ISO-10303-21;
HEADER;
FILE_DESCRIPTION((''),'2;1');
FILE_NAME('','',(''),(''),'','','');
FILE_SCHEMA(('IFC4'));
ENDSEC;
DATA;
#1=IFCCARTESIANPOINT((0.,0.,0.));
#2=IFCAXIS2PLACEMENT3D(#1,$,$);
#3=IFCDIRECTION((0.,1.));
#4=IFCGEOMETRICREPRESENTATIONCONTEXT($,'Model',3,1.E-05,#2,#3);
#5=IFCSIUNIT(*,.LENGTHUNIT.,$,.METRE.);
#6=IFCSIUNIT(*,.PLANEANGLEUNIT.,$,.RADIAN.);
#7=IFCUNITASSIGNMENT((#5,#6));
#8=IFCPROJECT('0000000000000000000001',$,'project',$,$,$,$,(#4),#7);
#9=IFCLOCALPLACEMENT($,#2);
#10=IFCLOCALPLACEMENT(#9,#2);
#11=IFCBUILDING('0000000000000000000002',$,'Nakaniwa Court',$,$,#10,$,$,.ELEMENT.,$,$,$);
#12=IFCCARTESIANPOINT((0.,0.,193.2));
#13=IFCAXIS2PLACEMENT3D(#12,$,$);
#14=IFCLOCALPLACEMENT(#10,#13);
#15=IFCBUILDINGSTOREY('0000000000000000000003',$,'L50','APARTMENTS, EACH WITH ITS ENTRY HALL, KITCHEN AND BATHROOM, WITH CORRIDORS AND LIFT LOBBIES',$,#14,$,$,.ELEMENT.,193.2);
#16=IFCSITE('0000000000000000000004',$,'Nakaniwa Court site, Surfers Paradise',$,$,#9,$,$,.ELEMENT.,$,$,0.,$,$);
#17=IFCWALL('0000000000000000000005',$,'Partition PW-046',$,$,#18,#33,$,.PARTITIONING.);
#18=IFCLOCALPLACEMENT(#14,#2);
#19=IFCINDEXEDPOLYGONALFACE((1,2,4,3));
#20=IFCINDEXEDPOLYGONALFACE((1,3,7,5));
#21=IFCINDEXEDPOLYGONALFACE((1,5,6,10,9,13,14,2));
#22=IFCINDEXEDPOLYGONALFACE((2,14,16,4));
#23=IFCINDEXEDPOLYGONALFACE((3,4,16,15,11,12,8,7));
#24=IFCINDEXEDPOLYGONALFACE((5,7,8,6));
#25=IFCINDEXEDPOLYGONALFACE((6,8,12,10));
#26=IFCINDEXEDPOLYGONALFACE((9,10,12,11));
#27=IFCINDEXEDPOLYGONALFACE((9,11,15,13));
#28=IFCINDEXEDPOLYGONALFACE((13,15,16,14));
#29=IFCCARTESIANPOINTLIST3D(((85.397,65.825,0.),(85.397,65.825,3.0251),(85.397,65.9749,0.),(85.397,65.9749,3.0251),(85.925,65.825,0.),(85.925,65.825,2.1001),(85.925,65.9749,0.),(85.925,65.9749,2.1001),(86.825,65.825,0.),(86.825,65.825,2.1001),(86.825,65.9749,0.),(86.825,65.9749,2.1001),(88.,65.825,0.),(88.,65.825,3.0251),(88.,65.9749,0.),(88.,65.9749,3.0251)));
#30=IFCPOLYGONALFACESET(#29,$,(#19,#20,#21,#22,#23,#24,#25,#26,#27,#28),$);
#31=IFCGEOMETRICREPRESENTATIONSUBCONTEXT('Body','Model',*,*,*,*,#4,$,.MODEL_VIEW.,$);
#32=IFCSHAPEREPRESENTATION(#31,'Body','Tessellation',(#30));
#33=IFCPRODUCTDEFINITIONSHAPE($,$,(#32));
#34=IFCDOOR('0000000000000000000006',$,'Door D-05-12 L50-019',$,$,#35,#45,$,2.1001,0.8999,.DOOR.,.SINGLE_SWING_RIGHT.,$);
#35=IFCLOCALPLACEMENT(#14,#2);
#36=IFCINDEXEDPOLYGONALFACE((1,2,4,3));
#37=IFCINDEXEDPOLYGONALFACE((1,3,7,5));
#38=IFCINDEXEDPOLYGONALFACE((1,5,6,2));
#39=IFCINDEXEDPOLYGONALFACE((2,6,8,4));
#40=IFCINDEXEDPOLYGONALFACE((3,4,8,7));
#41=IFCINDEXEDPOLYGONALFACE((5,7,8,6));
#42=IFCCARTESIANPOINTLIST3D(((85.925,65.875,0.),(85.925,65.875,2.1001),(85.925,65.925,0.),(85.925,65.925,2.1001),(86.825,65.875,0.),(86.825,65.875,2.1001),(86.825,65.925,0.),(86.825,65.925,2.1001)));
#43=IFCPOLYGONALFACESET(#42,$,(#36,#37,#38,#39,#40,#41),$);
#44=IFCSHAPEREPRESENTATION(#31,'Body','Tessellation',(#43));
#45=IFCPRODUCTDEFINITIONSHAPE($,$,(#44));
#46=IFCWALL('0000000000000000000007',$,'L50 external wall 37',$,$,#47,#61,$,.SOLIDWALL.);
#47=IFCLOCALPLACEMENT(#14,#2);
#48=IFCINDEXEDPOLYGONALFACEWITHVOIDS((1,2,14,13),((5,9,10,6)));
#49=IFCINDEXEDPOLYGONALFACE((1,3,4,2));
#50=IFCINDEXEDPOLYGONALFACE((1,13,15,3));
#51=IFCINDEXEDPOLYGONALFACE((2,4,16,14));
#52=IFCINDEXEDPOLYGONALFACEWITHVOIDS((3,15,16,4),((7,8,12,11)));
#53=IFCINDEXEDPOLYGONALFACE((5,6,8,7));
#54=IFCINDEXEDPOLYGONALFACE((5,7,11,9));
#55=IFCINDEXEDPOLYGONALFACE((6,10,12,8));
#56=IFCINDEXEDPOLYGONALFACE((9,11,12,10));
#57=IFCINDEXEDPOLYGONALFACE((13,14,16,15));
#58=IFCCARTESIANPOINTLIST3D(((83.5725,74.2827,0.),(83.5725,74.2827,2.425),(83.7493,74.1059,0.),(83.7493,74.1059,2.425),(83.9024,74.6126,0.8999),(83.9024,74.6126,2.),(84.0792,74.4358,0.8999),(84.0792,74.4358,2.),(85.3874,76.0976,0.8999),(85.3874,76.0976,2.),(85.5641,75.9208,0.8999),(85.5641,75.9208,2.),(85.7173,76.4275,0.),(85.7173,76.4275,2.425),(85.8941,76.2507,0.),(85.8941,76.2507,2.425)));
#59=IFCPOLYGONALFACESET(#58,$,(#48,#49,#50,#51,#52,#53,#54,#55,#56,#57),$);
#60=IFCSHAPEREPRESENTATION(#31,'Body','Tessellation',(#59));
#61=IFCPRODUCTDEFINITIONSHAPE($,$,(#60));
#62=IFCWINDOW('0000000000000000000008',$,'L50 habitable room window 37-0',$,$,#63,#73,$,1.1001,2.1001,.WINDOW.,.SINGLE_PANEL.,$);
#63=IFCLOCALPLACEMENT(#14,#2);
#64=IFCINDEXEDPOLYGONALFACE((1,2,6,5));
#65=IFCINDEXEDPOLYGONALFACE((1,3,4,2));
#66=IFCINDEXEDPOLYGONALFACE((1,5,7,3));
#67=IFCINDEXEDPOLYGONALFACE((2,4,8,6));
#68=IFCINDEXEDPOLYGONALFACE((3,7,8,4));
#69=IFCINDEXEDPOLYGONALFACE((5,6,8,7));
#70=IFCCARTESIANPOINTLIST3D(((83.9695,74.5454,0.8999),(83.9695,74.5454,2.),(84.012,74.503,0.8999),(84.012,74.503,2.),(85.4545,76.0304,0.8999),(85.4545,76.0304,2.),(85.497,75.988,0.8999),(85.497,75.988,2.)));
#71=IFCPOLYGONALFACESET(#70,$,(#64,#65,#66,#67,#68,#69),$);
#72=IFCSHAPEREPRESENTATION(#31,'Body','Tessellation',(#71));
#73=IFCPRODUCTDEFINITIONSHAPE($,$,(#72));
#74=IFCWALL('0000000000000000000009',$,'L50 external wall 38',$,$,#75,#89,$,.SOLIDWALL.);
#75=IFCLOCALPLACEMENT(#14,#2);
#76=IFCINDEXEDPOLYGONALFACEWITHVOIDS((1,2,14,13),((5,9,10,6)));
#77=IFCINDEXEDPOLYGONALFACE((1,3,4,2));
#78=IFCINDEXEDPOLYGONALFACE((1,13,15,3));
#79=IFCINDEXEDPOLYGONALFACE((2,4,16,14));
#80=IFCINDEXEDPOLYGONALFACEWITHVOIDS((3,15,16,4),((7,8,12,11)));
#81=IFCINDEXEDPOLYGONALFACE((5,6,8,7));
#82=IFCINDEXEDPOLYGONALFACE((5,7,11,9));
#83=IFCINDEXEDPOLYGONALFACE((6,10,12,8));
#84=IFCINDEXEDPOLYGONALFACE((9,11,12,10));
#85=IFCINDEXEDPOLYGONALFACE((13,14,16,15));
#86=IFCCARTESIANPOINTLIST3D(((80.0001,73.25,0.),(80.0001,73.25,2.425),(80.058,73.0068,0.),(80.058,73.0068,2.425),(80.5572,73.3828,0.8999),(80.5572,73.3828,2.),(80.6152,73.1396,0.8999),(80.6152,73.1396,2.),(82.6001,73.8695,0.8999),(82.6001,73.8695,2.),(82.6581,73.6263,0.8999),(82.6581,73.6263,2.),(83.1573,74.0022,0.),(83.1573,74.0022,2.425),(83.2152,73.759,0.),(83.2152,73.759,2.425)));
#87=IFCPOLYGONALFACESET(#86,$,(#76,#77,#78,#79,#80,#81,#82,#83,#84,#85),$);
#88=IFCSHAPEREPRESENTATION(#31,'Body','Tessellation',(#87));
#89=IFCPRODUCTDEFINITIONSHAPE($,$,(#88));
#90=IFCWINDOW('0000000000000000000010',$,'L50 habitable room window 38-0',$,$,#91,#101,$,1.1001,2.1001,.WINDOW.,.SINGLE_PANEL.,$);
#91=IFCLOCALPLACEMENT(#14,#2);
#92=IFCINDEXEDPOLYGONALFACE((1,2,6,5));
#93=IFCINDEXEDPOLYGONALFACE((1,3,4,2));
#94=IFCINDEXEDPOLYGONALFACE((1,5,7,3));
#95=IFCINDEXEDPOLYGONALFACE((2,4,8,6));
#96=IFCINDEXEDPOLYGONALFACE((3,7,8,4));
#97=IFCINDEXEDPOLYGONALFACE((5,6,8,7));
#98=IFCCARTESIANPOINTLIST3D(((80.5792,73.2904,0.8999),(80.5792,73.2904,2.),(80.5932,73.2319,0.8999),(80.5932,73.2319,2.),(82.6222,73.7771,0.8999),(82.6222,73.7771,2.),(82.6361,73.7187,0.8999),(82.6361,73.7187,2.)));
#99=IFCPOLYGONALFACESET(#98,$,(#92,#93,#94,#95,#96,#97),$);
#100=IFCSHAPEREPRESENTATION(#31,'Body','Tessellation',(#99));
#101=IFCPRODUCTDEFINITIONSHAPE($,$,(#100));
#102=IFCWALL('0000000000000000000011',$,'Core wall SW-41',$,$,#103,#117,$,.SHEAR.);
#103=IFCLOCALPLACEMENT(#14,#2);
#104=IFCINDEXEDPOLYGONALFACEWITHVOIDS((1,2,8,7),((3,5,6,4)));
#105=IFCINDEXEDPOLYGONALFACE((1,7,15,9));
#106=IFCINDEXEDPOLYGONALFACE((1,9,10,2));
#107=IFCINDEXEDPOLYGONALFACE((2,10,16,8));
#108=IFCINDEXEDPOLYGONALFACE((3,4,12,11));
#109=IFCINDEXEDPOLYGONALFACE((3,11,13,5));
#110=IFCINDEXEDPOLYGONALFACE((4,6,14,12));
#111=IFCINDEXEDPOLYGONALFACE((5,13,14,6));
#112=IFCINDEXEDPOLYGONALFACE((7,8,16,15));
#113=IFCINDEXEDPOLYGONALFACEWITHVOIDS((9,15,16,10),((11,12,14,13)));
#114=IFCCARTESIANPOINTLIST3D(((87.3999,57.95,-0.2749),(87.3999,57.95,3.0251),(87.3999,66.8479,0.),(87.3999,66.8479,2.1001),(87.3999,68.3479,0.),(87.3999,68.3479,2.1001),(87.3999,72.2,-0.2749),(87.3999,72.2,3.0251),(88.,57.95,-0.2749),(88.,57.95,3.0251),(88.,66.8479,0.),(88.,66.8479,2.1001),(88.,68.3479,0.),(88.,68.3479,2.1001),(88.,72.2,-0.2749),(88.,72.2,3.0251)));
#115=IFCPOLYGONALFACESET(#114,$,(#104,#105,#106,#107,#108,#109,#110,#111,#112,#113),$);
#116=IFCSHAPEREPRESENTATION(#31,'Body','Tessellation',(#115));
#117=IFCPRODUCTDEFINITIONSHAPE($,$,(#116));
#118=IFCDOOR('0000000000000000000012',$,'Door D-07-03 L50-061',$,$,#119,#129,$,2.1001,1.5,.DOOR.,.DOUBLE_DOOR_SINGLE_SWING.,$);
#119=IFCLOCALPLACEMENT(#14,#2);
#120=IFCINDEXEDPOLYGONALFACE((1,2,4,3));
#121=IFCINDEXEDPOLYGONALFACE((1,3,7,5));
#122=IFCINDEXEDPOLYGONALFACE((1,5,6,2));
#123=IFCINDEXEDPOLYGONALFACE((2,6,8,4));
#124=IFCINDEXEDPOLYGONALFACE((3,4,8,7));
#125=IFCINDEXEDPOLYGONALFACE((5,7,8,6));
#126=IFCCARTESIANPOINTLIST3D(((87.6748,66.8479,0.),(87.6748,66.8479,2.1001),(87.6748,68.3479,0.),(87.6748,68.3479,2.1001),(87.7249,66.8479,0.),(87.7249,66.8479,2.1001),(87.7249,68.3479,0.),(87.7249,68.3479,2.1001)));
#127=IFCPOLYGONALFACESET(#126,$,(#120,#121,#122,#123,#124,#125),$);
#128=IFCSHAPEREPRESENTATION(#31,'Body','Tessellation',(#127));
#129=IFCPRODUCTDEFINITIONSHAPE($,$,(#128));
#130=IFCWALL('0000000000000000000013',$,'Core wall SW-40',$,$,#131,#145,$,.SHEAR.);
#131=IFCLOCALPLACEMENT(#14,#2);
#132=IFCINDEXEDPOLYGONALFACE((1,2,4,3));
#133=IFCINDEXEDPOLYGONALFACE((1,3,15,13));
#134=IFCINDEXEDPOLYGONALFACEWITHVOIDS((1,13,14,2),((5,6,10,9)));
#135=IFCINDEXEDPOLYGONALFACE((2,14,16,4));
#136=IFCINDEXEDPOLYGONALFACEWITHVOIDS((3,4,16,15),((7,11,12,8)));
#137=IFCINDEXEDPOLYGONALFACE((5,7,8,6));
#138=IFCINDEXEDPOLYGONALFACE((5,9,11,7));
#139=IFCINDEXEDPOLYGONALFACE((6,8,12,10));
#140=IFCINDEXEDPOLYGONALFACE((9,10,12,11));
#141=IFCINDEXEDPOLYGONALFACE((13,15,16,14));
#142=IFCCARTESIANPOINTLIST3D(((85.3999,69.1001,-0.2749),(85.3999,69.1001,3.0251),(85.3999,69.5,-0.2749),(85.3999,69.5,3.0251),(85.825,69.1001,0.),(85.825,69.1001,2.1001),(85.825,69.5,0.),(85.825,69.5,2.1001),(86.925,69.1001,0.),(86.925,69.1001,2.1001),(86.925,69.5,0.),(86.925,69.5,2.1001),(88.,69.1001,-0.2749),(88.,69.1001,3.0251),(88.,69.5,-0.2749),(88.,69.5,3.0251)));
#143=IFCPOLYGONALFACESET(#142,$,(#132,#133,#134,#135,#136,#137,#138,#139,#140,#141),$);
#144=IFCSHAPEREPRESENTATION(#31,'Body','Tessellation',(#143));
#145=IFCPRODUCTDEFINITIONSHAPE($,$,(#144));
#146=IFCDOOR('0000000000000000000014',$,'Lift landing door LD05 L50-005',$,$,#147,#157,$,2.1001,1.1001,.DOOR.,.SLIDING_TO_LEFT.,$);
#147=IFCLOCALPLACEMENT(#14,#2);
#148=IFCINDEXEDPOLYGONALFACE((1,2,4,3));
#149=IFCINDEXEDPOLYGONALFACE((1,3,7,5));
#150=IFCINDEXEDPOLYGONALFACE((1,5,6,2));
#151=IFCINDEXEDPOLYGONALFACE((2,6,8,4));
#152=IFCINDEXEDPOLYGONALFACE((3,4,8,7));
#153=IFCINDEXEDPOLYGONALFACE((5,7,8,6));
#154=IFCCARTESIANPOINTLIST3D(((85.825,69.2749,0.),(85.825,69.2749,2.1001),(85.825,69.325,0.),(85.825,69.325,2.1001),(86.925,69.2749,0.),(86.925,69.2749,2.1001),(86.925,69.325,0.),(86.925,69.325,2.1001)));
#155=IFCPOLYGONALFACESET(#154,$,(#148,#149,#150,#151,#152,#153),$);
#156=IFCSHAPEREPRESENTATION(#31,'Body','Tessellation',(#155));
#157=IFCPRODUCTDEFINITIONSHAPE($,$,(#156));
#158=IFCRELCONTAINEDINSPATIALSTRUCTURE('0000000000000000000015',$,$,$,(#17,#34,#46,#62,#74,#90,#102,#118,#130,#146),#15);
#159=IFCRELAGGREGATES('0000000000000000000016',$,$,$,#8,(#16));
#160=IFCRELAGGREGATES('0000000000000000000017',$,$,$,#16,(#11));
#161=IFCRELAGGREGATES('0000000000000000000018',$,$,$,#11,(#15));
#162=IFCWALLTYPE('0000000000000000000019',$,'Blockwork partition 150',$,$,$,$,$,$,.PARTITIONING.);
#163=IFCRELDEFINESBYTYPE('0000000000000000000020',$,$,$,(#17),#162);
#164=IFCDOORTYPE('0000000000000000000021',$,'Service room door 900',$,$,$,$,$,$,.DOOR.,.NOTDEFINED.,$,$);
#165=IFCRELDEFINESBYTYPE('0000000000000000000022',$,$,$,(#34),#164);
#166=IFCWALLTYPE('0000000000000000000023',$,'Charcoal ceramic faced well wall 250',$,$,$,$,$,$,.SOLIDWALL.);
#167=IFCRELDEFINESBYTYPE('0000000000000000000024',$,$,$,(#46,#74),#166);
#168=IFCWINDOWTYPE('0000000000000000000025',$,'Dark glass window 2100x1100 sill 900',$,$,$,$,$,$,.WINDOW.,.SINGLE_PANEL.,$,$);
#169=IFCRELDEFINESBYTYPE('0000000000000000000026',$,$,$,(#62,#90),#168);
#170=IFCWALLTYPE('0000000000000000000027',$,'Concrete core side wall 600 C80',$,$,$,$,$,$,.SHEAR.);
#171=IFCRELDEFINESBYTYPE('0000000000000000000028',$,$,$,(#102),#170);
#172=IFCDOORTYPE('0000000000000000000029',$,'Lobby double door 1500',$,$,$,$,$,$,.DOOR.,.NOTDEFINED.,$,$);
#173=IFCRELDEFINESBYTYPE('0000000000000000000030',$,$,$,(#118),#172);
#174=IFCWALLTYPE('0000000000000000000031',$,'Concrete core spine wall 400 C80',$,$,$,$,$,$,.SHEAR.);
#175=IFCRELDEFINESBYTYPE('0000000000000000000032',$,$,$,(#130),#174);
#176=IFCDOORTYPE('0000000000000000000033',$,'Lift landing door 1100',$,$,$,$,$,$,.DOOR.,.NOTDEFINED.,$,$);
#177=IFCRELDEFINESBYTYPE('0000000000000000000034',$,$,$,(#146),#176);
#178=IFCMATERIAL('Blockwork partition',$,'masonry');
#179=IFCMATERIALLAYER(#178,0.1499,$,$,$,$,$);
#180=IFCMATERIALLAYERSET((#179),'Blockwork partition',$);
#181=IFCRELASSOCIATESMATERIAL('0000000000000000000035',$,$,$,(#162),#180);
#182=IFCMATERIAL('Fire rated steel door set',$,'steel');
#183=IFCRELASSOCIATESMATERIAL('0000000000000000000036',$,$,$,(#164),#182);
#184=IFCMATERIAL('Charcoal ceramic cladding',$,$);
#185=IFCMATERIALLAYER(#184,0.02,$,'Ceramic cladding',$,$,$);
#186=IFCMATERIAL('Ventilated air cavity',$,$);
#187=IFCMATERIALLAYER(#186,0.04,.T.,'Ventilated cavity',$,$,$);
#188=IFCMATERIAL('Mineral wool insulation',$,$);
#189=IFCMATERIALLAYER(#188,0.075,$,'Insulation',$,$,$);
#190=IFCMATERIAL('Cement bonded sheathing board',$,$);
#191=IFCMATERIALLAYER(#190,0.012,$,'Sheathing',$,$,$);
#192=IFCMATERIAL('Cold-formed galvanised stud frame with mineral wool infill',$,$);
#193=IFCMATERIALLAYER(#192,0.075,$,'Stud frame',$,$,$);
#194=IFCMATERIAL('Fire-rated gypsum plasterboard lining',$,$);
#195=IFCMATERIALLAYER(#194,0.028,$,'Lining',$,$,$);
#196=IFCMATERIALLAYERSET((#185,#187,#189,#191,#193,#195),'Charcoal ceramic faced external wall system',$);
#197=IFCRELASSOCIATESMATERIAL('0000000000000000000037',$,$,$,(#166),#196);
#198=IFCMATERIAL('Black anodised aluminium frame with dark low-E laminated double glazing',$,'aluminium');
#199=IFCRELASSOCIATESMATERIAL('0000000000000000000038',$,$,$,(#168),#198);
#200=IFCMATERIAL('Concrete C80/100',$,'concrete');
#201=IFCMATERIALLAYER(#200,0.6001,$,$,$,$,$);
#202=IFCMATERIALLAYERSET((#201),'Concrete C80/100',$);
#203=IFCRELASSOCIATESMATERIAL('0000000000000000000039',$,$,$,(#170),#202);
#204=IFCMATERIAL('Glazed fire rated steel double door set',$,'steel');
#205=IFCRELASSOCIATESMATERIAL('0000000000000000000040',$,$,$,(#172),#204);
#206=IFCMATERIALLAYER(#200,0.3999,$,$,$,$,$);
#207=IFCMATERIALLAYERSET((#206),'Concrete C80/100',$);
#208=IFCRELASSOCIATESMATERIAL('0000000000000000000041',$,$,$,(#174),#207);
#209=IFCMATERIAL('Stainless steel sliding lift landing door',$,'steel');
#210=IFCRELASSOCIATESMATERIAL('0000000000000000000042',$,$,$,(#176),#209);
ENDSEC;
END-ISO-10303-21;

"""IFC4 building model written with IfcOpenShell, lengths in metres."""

from ifc_helpers import new_model, si_unit, direction, frame, frame_2d, origin, place, context, subcontext, project, spatial, rectangle, extrude, material, layer, layer_set, type_object, element, fill, save


model = new_model("IFC4")

# Units and contexts
model_context = context("Model", 3, precision=1e-05, world=origin(), true_north=direction((0.0, 1.0)))
body_context = subcontext(model_context, "Body", "Model", "MODEL_VIEW")
ifc_project = project(units=[si_unit("LENGTHUNIT", "METRE"), si_unit("PLANEANGLEUNIT", "RADIAN")], contexts=[model_context])

# Site, building, storey
site_placement = place(None, origin())
site = spatial("IfcSite", under=ifc_project, at=site_placement, Name="Nakaniwa Court site, Surfers Paradise", CompositionType="ELEMENT", RefElevation=0.0)
building_placement = place(site_placement, origin())
building = spatial("IfcBuilding", under=site, at=building_placement, Name="Nakaniwa Court", CompositionType="ELEMENT")
storey_placement = place(building_placement, frame((0.0, 0.0, 193.2)))
storey = spatial("IfcBuildingStorey", under=building, at=storey_placement, Name="L50", Description="APARTMENTS, EACH WITH ITS ENTRY HALL, KITCHEN AND BATHROOM, WITH CORRIDORS AND LIFT LOBBIES", CompositionType="ELEMENT", Elevation=193.2)

# Shared definitions
ifc_material_1 = material(Name="Concrete C80/100", Category="concrete")

# Shared definitions
ifc_material_2 = material(Name="Blockwork partition", Category="masonry")
ifc_layer_1 = layer(ifc_material_2, 0.1499)
ifc_layer_set_1 = layer_set([ifc_layer_1], Name="Blockwork partition")
wall_type_1 = type_object("IfcWallType", Name="Blockwork partition 150", PredefinedType="PARTITIONING", material=ifc_layer_set_1)

# Wall, opening, door
wall_1_placement = place(storey_placement, frame((88.0, 65.8999, 0.0), z_axis=(0.0, 0.0, 1.0), x_axis=(-1.0, 0.0, 0.0)))
wall_1 = element("IfcWall", 1, at=wall_1_placement, inside=storey, type_object=wall_type_1, Name="Partition PW-046", PredefinedType="PARTITIONING", context=body_context, shape_type="SweptSolid", body=[
    extrude(rectangle(XDim=2.603, YDim=0.1499, at=frame_2d((1.3015, 0.0))), origin(), (0.0, 0.0, 1.0), 3.0251),
])
opening_1_placement = place(wall_1_placement, frame((1.175, 0.0, 0.0)))
opening_1 = element("IfcOpeningElement", 2, at=opening_1_placement, cuts=wall_1, PredefinedType="OPENING", context=body_context, shape_type="SweptSolid", body=[
    extrude(rectangle(XDim=0.8999, YDim=2.1001, at=frame_2d((0.45, 1.05))), frame((0.0, 0.085, 0.0), z_axis=(0.0, -1.0, 0.0), x_axis=(1.0, 0.0, 0.0)), (0.0, 0.0, 1.0), 0.1699),
])
ifc_material_3 = material(Name="Fire rated steel door set", Category="steel")
door_type_1 = type_object("IfcDoorType", Name="Service room door 900", OperationType="NOTDEFINED", PredefinedType="DOOR", material=ifc_material_3)
door_1_placement = place(opening_1_placement, origin())
door_1 = element("IfcDoor", 3, at=door_1_placement, inside=storey, type_object=door_type_1, Name="Door D-05-12 L50-019", OperationType="SINGLE_SWING_RIGHT", OverallHeight=2.1001, OverallWidth=0.8999, PredefinedType="DOOR", context=body_context, shape_type="SweptSolid", body=[
    extrude(rectangle(XDim=0.8999, YDim=2.1001, at=frame_2d((0.45, 1.05))), frame((0.0, 0.0249, 0.0), z_axis=(0.0, -1.0, 0.0), x_axis=(1.0, 0.0, 0.0)), (0.0, 0.0, 1.0), 0.05),
])
fill(opening_1, door_1)

# Walls, openings, windows
ifc_material_4 = material(Name="Charcoal ceramic cladding")
ifc_layer_2 = layer(ifc_material_4, 0.02, Name="Ceramic cladding")
ifc_material_5 = material(Name="Ventilated air cavity")
ifc_layer_3 = layer(ifc_material_5, 0.04, ventilated=True, Name="Ventilated cavity")
ifc_material_6 = material(Name="Mineral wool insulation")
ifc_layer_4 = layer(ifc_material_6, 0.075, Name="Insulation")
ifc_material_7 = material(Name="Cement bonded sheathing board")
ifc_layer_5 = layer(ifc_material_7, 0.012, Name="Sheathing")
ifc_material_8 = material(Name="Cold-formed galvanised stud frame with mineral wool infill")
ifc_layer_6 = layer(ifc_material_8, 0.075, Name="Stud frame")
ifc_material_9 = material(Name="Fire-rated gypsum plasterboard lining")
ifc_layer_7 = layer(ifc_material_9, 0.028, Name="Lining")
ifc_layer_set_2 = layer_set([ifc_layer_2, ifc_layer_3, ifc_layer_4, ifc_layer_5, ifc_layer_6, ifc_layer_7], Name="Charcoal ceramic faced external wall system")
wall_type_2 = type_object("IfcWallType", Name="Charcoal ceramic faced well wall 250", PredefinedType="SOLIDWALL", material=ifc_layer_set_2)
wall_2_placement = place(storey_placement, frame((85.8057, 76.3391, 0.0), z_axis=(0.0, 0.0, 1.0), x_axis=(-0.707107, -0.707107, 0.0)))
wall_2 = element("IfcWall", 4, at=wall_2_placement, inside=storey, type_object=wall_type_2, Name="L50 external wall 37", PredefinedType="SOLIDWALL", context=body_context, shape_type="SweptSolid", body=[
    extrude(rectangle(XDim=3.0332, YDim=0.25, at=frame_2d((1.5166, 0.0))), origin(), (0.0, 0.0, 1.0), 2.425),
])
opening_2_placement = place(wall_2_placement, frame((0.4666, 0.0, 0.8999)))
opening_2 = element("IfcOpeningElement", 5, at=opening_2_placement, cuts=wall_2, PredefinedType="OPENING", context=body_context, shape_type="SweptSolid", body=[
    extrude(rectangle(XDim=2.1001, YDim=1.1001, at=frame_2d((1.05, 0.55))), frame((0.0, 0.135, 0.0), z_axis=(0.0, -1.0, 0.0), x_axis=(1.0, 0.0, 0.0)), (0.0, 0.0, 1.0), 0.27),
])
ifc_material_10 = material(Name="Black anodised aluminium frame with dark low-E laminated double glazing", Category="aluminium")
window_type = type_object("IfcWindowType", Name="Dark glass window 2100x1100 sill 900", PartitioningType="SINGLE_PANEL", PredefinedType="WINDOW", material=ifc_material_10)
window_1_placement = place(opening_2_placement, origin())
window_1 = element("IfcWindow", 6, at=window_1_placement, inside=storey, type_object=window_type, Name="L50 habitable room window 37-0", OverallHeight=1.1001, OverallWidth=2.1001, PartitioningType="SINGLE_PANEL", PredefinedType="WINDOW", context=body_context, shape_type="SweptSolid", body=[
    extrude(rectangle(XDim=2.1001, YDim=1.1001, at=frame_2d((1.05, 0.55))), frame((0.0, 0.03, 0.0), z_axis=(0.0, -1.0, 0.0), x_axis=(1.0, 0.0, 0.0)), (0.0, 0.0, 1.0), 0.0601),
])
fill(opening_2, window_1)
wall_3_placement = place(storey_placement, frame((83.1863, 73.8806, 0.0), z_axis=(0.0, 0.0, 1.0), x_axis=(-0.972773, -0.23176, 0.0)))
wall_3 = element("IfcWall", 7, at=wall_3_placement, inside=storey, type_object=wall_type_2, Name="L50 external wall 38", PredefinedType="SOLIDWALL", context=body_context, shape_type="SweptSolid", body=[
    extrude(rectangle(XDim=3.2456, YDim=0.25, at=frame_2d((1.6228, 0.0))), origin(), (0.0, 0.0, 1.0), 2.425),
])
opening_3_placement = place(wall_3_placement, frame((0.5728, 0.0, 0.8999)))
opening_3 = element("IfcOpeningElement", 8, at=opening_3_placement, cuts=wall_3, PredefinedType="OPENING", context=body_context, shape_type="SweptSolid", body=[
    extrude(rectangle(XDim=2.1001, YDim=1.1001, at=frame_2d((1.05, 0.55))), frame((0.0, 0.135, 0.0), z_axis=(0.0, -1.0, 0.0), x_axis=(1.0, 0.0, 0.0)), (0.0, 0.0, 1.0), 0.27),
])
window_2_placement = place(opening_3_placement, origin())
window_2 = element("IfcWindow", 9, at=window_2_placement, inside=storey, type_object=window_type, Name="L50 habitable room window 38-0", OverallHeight=1.1001, OverallWidth=2.1001, PartitioningType="SINGLE_PANEL", PredefinedType="WINDOW", context=body_context, shape_type="SweptSolid", body=[
    extrude(rectangle(XDim=2.1001, YDim=1.1001, at=frame_2d((1.05, 0.55))), frame((0.0, 0.03, 0.0), z_axis=(0.0, -1.0, 0.0), x_axis=(1.0, 0.0, 0.0)), (0.0, 0.0, 1.0), 0.0601),
])
fill(opening_3, window_2)

# Walls, openings, doors
ifc_layer_8 = layer(ifc_material_1, 0.6001)
ifc_layer_set_3 = layer_set([ifc_layer_8], Name="Concrete C80/100")
wall_type_3 = type_object("IfcWallType", Name="Concrete core side wall 600 C80", PredefinedType="SHEAR", material=ifc_layer_set_3)
wall_4_placement = place(storey_placement, frame((87.7, 72.2, -0.2749), z_axis=(0.0, 0.0, 1.0), x_axis=(0.0, -1.0, 0.0)))
wall_4 = element("IfcWall", 10, at=wall_4_placement, inside=storey, type_object=wall_type_3, Name="Core wall SW-41", PredefinedType="SHEAR", context=body_context, shape_type="SweptSolid", body=[
    extrude(rectangle(XDim=14.25, YDim=0.6001, at=frame_2d((7.125, 0.0))), origin(), (0.0, 0.0, 1.0), 3.3),
])
opening_4_placement = place(wall_4_placement, frame((3.8521, 0.0, 0.2749)))
opening_4 = element("IfcOpeningElement", 11, at=opening_4_placement, cuts=wall_4, PredefinedType="OPENING", context=body_context, shape_type="SweptSolid", body=[
    extrude(rectangle(XDim=1.5, YDim=2.1001, at=frame_2d((0.75, 1.05))), frame((0.0, 0.3101, 0.0), z_axis=(0.0, -1.0, 0.0), x_axis=(1.0, 0.0, 0.0)), (0.0, 0.0, 1.0), 0.6201),
])
ifc_material_11 = material(Name="Glazed fire rated steel double door set", Category="steel")
door_type_2 = type_object("IfcDoorType", Name="Lobby double door 1500", OperationType="NOTDEFINED", PredefinedType="DOOR", material=ifc_material_11)
door_2_placement = place(opening_4_placement, origin())
door_2 = element("IfcDoor", 12, at=door_2_placement, inside=storey, type_object=door_type_2, Name="Door D-07-03 L50-061", OperationType="DOUBLE_DOOR_SINGLE_SWING", OverallHeight=2.1001, OverallWidth=1.5, PredefinedType="DOOR", context=body_context, shape_type="SweptSolid", body=[
    extrude(rectangle(XDim=1.5, YDim=2.1001, at=frame_2d((0.75, 1.05))), frame((0.0, 0.0249, 0.0), z_axis=(0.0, -1.0, 0.0), x_axis=(1.0, 0.0, 0.0)), (0.0, 0.0, 1.0), 0.05),
])
fill(opening_4, door_2)
ifc_layer_9 = layer(ifc_material_1, 0.3999)
ifc_layer_set_4 = layer_set([ifc_layer_9], Name="Concrete C80/100")
wall_type_4 = type_object("IfcWallType", Name="Concrete core spine wall 400 C80", PredefinedType="SHEAR", material=ifc_layer_set_4)
wall_5_placement = place(storey_placement, frame((85.3999, 69.3, -0.2749), z_axis=(0.0, 0.0, 1.0), x_axis=(1.0, 0.0, 0.0)))
wall_5 = element("IfcWall", 13, at=wall_5_placement, inside=storey, type_object=wall_type_4, Name="Core wall SW-40", PredefinedType="SHEAR", context=body_context, shape_type="SweptSolid", body=[
    extrude(rectangle(XDim=2.6001, YDim=0.3999, at=frame_2d((1.3, 0.0))), origin(), (0.0, 0.0, 1.0), 3.3),
])
opening_5_placement = place(wall_5_placement, frame((0.425, 0.0, 0.2749)))
opening_5 = element("IfcOpeningElement", 14, at=opening_5_placement, cuts=wall_5, PredefinedType="OPENING", context=body_context, shape_type="SweptSolid", body=[
    extrude(rectangle(XDim=1.1001, YDim=2.1001, at=frame_2d((0.55, 1.05))), frame((0.0, 0.21, 0.0), z_axis=(0.0, -1.0, 0.0), x_axis=(1.0, 0.0, 0.0)), (0.0, 0.0, 1.0), 0.4199),
])
ifc_material_12 = material(Name="Stainless steel sliding lift landing door", Category="steel")
door_type_3 = type_object("IfcDoorType", Name="Lift landing door 1100", OperationType="NOTDEFINED", PredefinedType="DOOR", material=ifc_material_12)
door_3_placement = place(opening_5_placement, origin())
door_3 = element("IfcDoor", 15, at=door_3_placement, inside=storey, type_object=door_type_3, Name="Lift landing door LD05 L50-005", OperationType="SLIDING_TO_LEFT", OverallHeight=2.1001, OverallWidth=1.1001, PredefinedType="DOOR", context=body_context, shape_type="SweptSolid", body=[
    extrude(rectangle(XDim=1.1001, YDim=2.1001, at=frame_2d((0.55, 1.05))), frame((0.0, 0.0249, 0.0), z_axis=(0.0, -1.0, 0.0), x_axis=(1.0, 0.0, 0.0)), (0.0, 0.0, 1.0), 0.05),
])
fill(opening_5, door_3)

save(model, "model.ifc")
